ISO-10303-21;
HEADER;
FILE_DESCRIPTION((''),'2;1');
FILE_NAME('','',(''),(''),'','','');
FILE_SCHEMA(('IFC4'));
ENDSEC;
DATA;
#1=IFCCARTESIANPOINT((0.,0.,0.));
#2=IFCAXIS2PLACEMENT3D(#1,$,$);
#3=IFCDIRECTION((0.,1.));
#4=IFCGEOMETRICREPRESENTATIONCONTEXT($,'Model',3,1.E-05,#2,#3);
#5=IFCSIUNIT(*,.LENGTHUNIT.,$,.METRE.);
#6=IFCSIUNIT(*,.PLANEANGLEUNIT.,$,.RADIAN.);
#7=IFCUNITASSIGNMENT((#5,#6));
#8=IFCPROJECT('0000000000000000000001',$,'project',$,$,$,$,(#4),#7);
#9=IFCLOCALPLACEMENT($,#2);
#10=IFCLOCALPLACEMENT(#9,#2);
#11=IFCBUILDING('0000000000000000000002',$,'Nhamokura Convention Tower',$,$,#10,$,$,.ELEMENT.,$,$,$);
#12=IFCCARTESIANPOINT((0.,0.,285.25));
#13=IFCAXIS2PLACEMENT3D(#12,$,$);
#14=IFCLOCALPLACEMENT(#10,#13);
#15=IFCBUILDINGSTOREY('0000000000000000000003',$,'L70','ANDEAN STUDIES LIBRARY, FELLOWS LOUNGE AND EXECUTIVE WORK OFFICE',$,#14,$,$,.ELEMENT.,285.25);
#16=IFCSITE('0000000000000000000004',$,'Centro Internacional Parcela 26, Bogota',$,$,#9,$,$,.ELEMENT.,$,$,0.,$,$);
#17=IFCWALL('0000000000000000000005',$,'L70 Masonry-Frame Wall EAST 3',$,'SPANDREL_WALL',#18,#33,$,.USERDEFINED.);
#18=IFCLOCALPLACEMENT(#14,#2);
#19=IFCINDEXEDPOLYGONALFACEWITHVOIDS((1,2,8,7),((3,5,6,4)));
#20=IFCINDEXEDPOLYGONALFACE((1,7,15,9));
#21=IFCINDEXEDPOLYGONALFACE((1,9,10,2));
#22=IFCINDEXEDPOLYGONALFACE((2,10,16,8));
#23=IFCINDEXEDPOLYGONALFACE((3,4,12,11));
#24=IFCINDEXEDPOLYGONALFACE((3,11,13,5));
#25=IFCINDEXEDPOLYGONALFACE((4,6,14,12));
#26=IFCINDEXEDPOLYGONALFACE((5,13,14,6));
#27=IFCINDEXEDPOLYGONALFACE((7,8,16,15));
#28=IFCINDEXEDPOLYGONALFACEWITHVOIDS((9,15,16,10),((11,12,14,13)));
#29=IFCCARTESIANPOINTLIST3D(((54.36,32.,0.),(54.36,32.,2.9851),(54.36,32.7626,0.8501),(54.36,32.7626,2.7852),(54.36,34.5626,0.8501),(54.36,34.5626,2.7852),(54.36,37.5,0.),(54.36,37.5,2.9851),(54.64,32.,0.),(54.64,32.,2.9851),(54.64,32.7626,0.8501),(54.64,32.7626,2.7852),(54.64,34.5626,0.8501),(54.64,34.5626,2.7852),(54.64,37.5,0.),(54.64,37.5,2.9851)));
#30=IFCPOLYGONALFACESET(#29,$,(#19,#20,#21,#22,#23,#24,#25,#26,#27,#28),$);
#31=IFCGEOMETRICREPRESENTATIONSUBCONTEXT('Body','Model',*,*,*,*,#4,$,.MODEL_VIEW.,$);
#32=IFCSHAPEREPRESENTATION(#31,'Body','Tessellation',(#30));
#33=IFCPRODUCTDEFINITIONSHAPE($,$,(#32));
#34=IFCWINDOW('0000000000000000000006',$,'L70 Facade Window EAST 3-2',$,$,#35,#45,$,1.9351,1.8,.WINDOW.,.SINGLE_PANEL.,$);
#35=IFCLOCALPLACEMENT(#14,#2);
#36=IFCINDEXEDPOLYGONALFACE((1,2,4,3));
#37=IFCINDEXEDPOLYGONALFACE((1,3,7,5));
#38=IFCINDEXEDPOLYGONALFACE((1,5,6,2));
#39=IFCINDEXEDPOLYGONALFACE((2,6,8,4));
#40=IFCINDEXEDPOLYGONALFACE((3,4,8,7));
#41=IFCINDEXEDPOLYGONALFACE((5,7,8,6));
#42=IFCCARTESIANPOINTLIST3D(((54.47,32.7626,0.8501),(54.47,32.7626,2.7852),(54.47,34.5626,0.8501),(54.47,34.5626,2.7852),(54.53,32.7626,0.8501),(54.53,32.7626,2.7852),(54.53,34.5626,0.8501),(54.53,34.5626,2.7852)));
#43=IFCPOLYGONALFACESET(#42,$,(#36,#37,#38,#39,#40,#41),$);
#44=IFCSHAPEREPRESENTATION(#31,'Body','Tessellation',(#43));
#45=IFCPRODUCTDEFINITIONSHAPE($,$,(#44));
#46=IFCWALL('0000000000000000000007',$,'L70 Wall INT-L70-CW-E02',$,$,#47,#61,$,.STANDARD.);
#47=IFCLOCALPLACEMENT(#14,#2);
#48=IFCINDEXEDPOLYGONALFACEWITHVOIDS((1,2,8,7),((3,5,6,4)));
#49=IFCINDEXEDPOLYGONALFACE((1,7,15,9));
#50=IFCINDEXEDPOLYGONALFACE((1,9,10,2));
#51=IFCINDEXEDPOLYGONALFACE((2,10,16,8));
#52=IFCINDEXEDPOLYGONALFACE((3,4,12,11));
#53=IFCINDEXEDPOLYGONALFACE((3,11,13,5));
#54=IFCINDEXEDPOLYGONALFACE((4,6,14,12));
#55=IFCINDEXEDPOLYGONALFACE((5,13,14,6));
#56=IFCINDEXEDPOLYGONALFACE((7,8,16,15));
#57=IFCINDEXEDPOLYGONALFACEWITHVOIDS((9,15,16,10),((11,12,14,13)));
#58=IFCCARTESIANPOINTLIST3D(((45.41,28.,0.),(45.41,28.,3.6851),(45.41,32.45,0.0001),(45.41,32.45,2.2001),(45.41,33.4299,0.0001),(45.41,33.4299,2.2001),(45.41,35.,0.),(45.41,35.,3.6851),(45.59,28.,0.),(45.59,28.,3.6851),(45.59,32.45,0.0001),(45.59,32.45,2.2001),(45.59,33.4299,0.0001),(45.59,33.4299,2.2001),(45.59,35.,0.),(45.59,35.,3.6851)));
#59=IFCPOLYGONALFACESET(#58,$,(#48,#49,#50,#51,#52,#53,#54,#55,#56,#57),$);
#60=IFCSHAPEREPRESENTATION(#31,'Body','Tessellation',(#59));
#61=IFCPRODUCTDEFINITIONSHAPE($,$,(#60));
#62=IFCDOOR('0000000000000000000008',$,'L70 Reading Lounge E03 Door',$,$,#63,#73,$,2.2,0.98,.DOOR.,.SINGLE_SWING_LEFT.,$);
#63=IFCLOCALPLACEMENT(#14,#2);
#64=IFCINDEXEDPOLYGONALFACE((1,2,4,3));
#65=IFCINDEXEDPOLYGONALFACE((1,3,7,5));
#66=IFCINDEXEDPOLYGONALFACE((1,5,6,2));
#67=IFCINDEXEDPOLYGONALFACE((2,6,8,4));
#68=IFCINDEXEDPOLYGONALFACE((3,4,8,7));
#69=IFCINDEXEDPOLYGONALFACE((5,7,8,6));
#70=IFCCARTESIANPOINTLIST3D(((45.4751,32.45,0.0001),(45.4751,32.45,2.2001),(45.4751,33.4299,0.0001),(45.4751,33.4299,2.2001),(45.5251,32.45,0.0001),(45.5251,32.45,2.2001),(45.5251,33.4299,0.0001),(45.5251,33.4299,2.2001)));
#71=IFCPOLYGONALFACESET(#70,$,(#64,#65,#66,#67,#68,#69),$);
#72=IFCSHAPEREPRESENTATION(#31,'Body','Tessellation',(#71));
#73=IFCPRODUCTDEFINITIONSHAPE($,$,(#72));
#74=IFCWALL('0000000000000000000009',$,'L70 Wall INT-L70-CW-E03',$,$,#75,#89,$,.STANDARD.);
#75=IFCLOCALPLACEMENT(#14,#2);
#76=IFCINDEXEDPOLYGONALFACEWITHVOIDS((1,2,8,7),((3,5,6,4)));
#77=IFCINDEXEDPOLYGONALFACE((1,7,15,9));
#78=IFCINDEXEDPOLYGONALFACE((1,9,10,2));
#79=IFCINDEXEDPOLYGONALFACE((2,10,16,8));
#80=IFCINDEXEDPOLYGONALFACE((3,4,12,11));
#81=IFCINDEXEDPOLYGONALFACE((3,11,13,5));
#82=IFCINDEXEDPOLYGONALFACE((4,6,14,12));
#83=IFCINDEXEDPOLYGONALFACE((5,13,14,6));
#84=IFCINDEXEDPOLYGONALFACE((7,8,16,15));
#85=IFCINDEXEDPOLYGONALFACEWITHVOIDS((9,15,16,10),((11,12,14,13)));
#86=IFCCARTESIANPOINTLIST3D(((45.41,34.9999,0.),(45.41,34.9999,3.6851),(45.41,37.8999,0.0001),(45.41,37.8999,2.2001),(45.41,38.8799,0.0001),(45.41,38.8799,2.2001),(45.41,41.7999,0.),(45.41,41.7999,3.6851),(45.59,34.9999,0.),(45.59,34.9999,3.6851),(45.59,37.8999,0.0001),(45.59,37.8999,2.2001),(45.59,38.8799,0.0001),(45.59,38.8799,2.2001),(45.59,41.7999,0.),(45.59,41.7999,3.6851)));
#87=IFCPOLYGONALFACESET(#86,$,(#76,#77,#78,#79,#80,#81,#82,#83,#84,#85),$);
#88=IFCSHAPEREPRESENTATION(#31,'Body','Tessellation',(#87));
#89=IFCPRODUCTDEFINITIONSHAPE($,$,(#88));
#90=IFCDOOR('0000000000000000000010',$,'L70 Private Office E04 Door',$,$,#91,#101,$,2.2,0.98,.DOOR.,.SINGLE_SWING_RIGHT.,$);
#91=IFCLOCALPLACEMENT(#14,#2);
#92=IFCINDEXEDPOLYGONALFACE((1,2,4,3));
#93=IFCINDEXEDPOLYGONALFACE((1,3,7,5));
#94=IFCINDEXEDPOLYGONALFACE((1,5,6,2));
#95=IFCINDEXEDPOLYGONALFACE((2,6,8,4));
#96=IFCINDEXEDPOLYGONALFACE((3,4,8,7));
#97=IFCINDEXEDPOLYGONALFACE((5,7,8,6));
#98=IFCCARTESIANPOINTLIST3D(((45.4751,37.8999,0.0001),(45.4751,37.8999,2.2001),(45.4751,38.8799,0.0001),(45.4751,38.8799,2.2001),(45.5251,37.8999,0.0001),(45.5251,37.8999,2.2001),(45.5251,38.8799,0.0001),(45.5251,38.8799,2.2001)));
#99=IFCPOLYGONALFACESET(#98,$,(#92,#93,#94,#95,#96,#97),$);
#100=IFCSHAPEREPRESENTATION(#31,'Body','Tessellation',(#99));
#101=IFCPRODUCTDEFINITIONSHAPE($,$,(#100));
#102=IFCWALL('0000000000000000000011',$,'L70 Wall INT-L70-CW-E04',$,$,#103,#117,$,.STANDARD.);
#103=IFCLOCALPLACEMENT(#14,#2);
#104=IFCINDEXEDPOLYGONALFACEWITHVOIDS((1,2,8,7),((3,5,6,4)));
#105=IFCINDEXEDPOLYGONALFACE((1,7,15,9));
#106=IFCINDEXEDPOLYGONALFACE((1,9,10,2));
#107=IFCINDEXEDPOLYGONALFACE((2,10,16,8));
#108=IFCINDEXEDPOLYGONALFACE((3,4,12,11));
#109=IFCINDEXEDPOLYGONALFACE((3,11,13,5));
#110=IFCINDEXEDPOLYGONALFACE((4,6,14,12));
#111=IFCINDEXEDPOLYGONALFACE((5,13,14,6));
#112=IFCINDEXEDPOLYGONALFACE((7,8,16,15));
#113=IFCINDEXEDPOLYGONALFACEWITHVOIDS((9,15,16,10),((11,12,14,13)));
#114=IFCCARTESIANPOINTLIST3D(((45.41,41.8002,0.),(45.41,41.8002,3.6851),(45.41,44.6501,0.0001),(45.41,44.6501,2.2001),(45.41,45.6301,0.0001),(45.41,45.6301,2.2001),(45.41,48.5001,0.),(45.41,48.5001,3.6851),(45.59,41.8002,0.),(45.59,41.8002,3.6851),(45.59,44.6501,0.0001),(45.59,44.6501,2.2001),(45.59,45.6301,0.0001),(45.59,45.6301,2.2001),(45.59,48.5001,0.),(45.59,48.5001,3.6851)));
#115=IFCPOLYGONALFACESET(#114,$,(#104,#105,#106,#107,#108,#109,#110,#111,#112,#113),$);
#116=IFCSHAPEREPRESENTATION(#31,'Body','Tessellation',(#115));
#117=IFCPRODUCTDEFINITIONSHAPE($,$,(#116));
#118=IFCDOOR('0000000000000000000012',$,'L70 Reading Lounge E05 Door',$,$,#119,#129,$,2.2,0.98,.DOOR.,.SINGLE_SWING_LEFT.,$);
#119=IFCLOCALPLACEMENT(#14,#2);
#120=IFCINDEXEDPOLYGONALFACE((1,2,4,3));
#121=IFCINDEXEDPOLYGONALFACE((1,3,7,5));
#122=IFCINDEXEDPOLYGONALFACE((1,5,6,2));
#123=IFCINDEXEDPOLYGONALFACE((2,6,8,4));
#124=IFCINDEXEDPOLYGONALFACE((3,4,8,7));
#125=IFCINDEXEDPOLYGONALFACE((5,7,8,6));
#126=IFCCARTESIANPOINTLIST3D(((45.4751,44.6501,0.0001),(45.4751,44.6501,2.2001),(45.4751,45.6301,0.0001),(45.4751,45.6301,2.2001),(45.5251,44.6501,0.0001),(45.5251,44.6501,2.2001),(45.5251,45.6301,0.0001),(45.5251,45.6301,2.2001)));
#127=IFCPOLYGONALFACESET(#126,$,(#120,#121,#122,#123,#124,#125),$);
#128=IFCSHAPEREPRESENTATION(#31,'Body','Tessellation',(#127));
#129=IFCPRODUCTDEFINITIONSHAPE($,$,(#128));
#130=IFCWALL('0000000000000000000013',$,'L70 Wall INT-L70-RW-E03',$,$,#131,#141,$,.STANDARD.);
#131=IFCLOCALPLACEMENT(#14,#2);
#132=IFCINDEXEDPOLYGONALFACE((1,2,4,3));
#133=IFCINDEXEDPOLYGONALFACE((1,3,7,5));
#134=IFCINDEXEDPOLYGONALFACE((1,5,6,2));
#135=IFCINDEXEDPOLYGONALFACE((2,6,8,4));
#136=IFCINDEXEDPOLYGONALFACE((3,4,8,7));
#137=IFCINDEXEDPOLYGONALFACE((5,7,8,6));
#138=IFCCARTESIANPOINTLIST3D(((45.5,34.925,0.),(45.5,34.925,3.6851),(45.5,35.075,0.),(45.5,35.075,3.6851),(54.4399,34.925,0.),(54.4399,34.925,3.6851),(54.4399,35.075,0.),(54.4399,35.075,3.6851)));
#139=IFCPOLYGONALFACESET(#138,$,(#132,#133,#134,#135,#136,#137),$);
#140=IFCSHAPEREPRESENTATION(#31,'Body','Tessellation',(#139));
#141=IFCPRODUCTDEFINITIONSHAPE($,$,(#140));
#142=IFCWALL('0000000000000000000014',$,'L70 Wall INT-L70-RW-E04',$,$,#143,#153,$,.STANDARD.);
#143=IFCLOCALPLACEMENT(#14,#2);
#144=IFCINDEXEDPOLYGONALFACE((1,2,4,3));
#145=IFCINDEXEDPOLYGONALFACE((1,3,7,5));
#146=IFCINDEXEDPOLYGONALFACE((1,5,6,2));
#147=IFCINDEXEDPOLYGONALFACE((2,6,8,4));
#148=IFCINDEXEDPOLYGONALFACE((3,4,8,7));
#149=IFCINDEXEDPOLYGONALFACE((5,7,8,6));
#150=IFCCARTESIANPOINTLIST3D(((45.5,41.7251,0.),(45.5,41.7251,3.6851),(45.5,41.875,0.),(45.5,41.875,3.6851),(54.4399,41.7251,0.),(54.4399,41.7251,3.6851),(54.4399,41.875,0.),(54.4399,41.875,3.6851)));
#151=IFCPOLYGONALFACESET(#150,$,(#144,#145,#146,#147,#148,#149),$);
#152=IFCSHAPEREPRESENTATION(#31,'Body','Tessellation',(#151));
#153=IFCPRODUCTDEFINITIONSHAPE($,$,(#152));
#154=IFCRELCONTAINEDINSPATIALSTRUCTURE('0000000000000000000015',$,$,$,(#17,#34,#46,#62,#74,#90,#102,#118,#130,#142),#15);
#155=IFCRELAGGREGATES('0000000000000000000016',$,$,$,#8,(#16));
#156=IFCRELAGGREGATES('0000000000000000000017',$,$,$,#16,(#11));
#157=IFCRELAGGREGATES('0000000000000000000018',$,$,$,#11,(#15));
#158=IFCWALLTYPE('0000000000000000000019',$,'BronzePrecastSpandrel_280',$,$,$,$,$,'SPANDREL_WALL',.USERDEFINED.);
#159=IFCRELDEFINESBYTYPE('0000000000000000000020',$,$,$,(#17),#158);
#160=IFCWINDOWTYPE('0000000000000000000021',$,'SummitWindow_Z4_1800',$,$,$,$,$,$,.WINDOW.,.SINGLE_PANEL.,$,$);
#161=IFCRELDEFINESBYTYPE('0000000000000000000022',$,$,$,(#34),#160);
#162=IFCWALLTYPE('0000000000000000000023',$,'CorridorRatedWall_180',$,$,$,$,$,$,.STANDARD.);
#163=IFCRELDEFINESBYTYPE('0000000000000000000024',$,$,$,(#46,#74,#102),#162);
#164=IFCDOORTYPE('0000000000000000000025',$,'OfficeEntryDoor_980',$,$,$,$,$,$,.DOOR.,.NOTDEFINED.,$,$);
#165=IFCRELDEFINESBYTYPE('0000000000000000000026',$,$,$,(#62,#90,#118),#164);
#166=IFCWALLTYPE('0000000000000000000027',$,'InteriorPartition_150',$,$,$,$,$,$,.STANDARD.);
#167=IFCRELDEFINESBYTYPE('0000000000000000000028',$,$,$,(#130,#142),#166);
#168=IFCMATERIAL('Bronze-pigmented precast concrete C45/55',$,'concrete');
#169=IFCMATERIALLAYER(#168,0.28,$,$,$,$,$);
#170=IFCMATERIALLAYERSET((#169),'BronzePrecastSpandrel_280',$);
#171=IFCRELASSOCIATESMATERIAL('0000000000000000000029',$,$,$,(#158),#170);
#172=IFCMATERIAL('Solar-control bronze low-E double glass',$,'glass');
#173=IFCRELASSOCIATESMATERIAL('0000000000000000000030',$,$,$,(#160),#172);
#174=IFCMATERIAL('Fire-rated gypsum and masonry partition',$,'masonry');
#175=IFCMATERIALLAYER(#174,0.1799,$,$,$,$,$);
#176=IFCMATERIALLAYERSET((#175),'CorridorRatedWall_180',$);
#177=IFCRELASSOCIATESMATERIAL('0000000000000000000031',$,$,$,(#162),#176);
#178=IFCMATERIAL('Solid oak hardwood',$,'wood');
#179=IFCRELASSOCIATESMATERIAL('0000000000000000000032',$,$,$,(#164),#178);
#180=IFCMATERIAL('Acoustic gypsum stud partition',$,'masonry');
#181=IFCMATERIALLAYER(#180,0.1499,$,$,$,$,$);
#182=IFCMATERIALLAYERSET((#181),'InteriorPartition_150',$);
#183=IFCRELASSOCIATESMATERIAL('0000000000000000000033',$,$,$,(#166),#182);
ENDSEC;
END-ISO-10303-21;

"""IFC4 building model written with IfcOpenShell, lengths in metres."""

from ifc_helpers import new_model, si_unit, direction, frame, frame_2d, origin, place, context, subcontext, project, spatial, rectangle, extrude, material, layer, layer_set, type_object, element, fill, save


model = new_model("IFC4")

# Units and contexts
model_context = context("Model", 3, precision=1e-05, world=origin(), true_north=direction((0.0, 1.0)))
body_context = subcontext(model_context, "Body", "Model", "MODEL_VIEW")
ifc_project = project(units=[si_unit("LENGTHUNIT", "METRE"), si_unit("PLANEANGLEUNIT", "RADIAN")], contexts=[model_context])

# Site, building, storey
site_placement = place(None, origin())
site = spatial("IfcSite", under=ifc_project, at=site_placement, Name="Centro Internacional Parcela 26, Bogota", CompositionType="ELEMENT", RefElevation=0.0)
building_placement = place(site_placement, origin())
building = spatial("IfcBuilding", under=site, at=building_placement, Name="Nhamokura Convention Tower", CompositionType="ELEMENT")
storey_placement = place(building_placement, frame((0.0, 0.0, 285.25)))
storey = spatial("IfcBuildingStorey", under=building, at=storey_placement, Name="L70", Description="ANDEAN STUDIES LIBRARY, FELLOWS LOUNGE AND EXECUTIVE WORK OFFICE", CompositionType="ELEMENT", Elevation=285.25)

# Wall, opening, window
ifc_material_1 = material(Name="Bronze-pigmented precast concrete C45/55", Category="concrete")
ifc_layer_1 = layer(ifc_material_1, 0.28)
ifc_layer_set_1 = layer_set([ifc_layer_1], Name="BronzePrecastSpandrel_280")
wall_type_1 = type_object("IfcWallType", Name="BronzePrecastSpandrel_280", ElementType="SPANDREL_WALL", PredefinedType="USERDEFINED", material=ifc_layer_set_1)
wall_1_placement = place(storey_placement, frame((54.5, 37.5, 0.0), z_axis=(0.0, 0.0, 1.0), x_axis=(0.0, -1.0, 0.0)))
wall_1 = element("IfcWall", 1, at=wall_1_placement, inside=storey, type_object=wall_type_1, Name="L70 Masonry-Frame Wall EAST 3", ObjectType="SPANDREL_WALL", PredefinedType="USERDEFINED", context=body_context, shape_type="SweptSolid", body=[
    extrude(rectangle(XDim=5.5, YDim=0.28, at=frame_2d((2.75, 0.0))), origin(), (0.0, 0.0, 1.0), 2.9851),
])
opening_1_placement = place(wall_1_placement, frame((2.9375, 0.0, 0.8501)))
opening_1 = element("IfcOpeningElement", 2, at=opening_1_placement, cuts=wall_1, PredefinedType="OPENING", context=body_context, shape_type="SweptSolid", body=[
    extrude(rectangle(XDim=1.8, YDim=1.9351, at=frame_2d((0.8999, 0.9675))), frame((0.0, 0.1499, 0.0), z_axis=(0.0, -1.0, 0.0), x_axis=(1.0, 0.0, 0.0)), (0.0, 0.0, 1.0), 0.3),
])
ifc_material_2 = material(Name="Solar-control bronze low-E double glass", Category="glass")
window_type_1 = type_object("IfcWindowType", Name="SummitWindow_Z4_1800", PartitioningType="SINGLE_PANEL", PredefinedType="WINDOW", material=ifc_material_2)
window_1_placement = place(opening_1_placement, origin())
window_1 = element("IfcWindow", 3, at=window_1_placement, inside=storey, type_object=window_type_1, Name="L70 Facade Window EAST 3-2", OverallHeight=1.9351, OverallWidth=1.8, PartitioningType="SINGLE_PANEL", PredefinedType="WINDOW", context=body_context, shape_type="SweptSolid", body=[
    extrude(rectangle(XDim=1.8, YDim=1.9351, at=frame_2d((0.8999, 0.9675))), frame((0.0, 0.03, 0.0), z_axis=(0.0, -1.0, 0.0), x_axis=(1.0, 0.0, 0.0)), (0.0, 0.0, 1.0), 0.0601),
])
fill(opening_1, window_1)

# Walls, openings, doors
ifc_material_3 = material(Name="Fire-rated gypsum and masonry partition", Category="masonry")
ifc_layer_2 = layer(ifc_material_3, 0.1799)
ifc_layer_set_2 = layer_set([ifc_layer_2], Name="CorridorRatedWall_180")
wall_type_2 = type_object("IfcWallType", Name="CorridorRatedWall_180", PredefinedType="STANDARD", material=ifc_layer_set_2)
wall_2_placement = place(storey_placement, frame((45.5, 28.0, 0.0), z_axis=(0.0, 0.0, 1.0), x_axis=(0.0, 1.0, 0.0)))
wall_2 = element("IfcWall", 4, at=wall_2_placement, inside=storey, type_object=wall_type_2, Name="L70 Wall INT-L70-CW-E02", PredefinedType="STANDARD", context=body_context, shape_type="SweptSolid", body=[
    extrude(rectangle(XDim=7.0, YDim=0.1799, at=frame_2d((3.5, 0.0))), origin(), (0.0, 0.0, 1.0), 3.6851),
])
opening_2_placement = place(wall_2_placement, frame((4.45, 0.0, 0.0)))
opening_2 = element("IfcOpeningElement", 5, at=opening_2_placement, cuts=wall_2, PredefinedType="OPENING", context=body_context, shape_type="SweptSolid", body=[
    extrude(rectangle(XDim=0.98, YDim=2.2, at=frame_2d((0.49, 1.1001))), frame((0.0, 0.0999, 0.0), z_axis=(0.0, -1.0, 0.0), x_axis=(1.0, 0.0, 0.0)), (0.0, 0.0, 1.0), 0.2),
])
ifc_material_4 = material(Name="Solid oak hardwood", Category="wood")
door_type = type_object("IfcDoorType", Name="OfficeEntryDoor_980", OperationType="NOTDEFINED", PredefinedType="DOOR", material=ifc_material_4)
door_1_placement = place(opening_2_placement, origin())
door_1 = element("IfcDoor", 6, at=door_1_placement, inside=storey, type_object=door_type, Name="L70 Reading Lounge E03 Door", OperationType="SINGLE_SWING_LEFT", OverallHeight=2.2, OverallWidth=0.98, PredefinedType="DOOR", context=body_context, shape_type="SweptSolid", body=[
    extrude(rectangle(XDim=0.98, YDim=2.2, at=frame_2d((0.49, 1.1001))), frame((0.0, 0.0249, 0.0), z_axis=(0.0, -1.0, 0.0), x_axis=(1.0, 0.0, 0.0)), (0.0, 0.0, 1.0), 0.05),
])
fill(opening_2, door_1)
wall_3_placement = place(storey_placement, frame((45.5, 35.0, 0.0), z_axis=(0.0, 0.0, 1.0), x_axis=(0.0, 1.0, 0.0)))
wall_3 = element("IfcWall", 7, at=wall_3_placement, inside=storey, type_object=wall_type_2, Name="L70 Wall INT-L70-CW-E03", PredefinedType="STANDARD", context=body_context, shape_type="SweptSolid", body=[
    extrude(rectangle(XDim=6.8, YDim=0.1799, at=frame_2d((3.3999, 0.0))), origin(), (0.0, 0.0, 1.0), 3.6851),
])
opening_3_placement = place(wall_3_placement, frame((2.8999, 0.0, 0.0)))
opening_3 = element("IfcOpeningElement", 8, at=opening_3_placement, cuts=wall_3, PredefinedType="OPENING", context=body_context, shape_type="SweptSolid", body=[
    extrude(rectangle(XDim=0.98, YDim=2.2, at=frame_2d((0.49, 1.1001))), frame((0.0, 0.0999, 0.0), z_axis=(0.0, -1.0, 0.0), x_axis=(1.0, 0.0, 0.0)), (0.0, 0.0, 1.0), 0.2),
])
door_2_placement = place(opening_3_placement, origin())
door_2 = element("IfcDoor", 9, at=door_2_placement, inside=storey, type_object=door_type, Name="L70 Private Office E04 Door", OperationType="SINGLE_SWING_RIGHT", OverallHeight=2.2, OverallWidth=0.98, PredefinedType="DOOR", context=body_context, shape_type="SweptSolid", body=[
    extrude(rectangle(XDim=0.98, YDim=2.2, at=frame_2d((0.49, 1.1001))), frame((0.0, 0.0249, 0.0), z_axis=(0.0, -1.0, 0.0), x_axis=(1.0, 0.0, 0.0)), (0.0, 0.0, 1.0), 0.05),
])
fill(opening_3, door_2)
wall_4_placement = place(storey_placement, frame((45.5, 41.8, 0.0), z_axis=(0.0, 0.0, 1.0), x_axis=(0.0, 1.0, 0.0)))
wall_4 = element("IfcWall", 10, at=wall_4_placement, inside=storey, type_object=wall_type_2, Name="L70 Wall INT-L70-CW-E04", PredefinedType="STANDARD", context=body_context, shape_type="SweptSolid", body=[
    extrude(rectangle(XDim=6.7, YDim=0.1799, at=frame_2d((3.3501, 0.0))), origin(), (0.0, 0.0, 1.0), 3.6851),
])
opening_4_placement = place(wall_4_placement, frame((2.8501, 0.0, 0.0)))
opening_4 = element("IfcOpeningElement", 11, at=opening_4_placement, cuts=wall_4, PredefinedType="OPENING", context=body_context, shape_type="SweptSolid", body=[
    extrude(rectangle(XDim=0.98, YDim=2.2, at=frame_2d((0.49, 1.1001))), frame((0.0, 0.0999, 0.0), z_axis=(0.0, -1.0, 0.0), x_axis=(1.0, 0.0, 0.0)), (0.0, 0.0, 1.0), 0.2),
])
door_3_placement = place(opening_4_placement, origin())
door_3 = element("IfcDoor", 12, at=door_3_placement, inside=storey, type_object=door_type, Name="L70 Reading Lounge E05 Door", OperationType="SINGLE_SWING_LEFT", OverallHeight=2.2, OverallWidth=0.98, PredefinedType="DOOR", context=body_context, shape_type="SweptSolid", body=[
    extrude(rectangle(XDim=0.98, YDim=2.2, at=frame_2d((0.49, 1.1001))), frame((0.0, 0.0249, 0.0), z_axis=(0.0, -1.0, 0.0), x_axis=(1.0, 0.0, 0.0)), (0.0, 0.0, 1.0), 0.05),
])
fill(opening_4, door_3)

# Walls
ifc_material_5 = material(Name="Acoustic gypsum stud partition", Category="masonry")
ifc_layer_3 = layer(ifc_material_5, 0.1499)
ifc_layer_set_3 = layer_set([ifc_layer_3], Name="InteriorPartition_150")
wall_type_3 = type_object("IfcWallType", Name="InteriorPartition_150", PredefinedType="STANDARD", material=ifc_layer_set_3)
for number, where, z_axis, x_axis, name in (
    (13, (45.5, 35.0, 0.0), (0.0, 0.0, 1.0), (1.0, 0.0, 0.0), "L70 Wall INT-L70-RW-E03"),
    (14, (45.5, 41.8, 0.0), (0.0, 0.0, 1.0), (1.0, 0.0, 0.0), "L70 Wall INT-L70-RW-E04"),
):
    element("IfcWall", number, at=place(storey_placement, frame(where, z_axis=z_axis, x_axis=x_axis)), inside=storey, type_object=wall_type_3, Name=name, PredefinedType="STANDARD", context=body_context, shape_type="SweptSolid", body=[
        extrude(rectangle(XDim=8.9399, YDim=0.1499, at=frame_2d((4.47, 0.0))), origin(), (0.0, 0.0, 1.0), 3.6851),
    ])

save(model, "model.ifc")
